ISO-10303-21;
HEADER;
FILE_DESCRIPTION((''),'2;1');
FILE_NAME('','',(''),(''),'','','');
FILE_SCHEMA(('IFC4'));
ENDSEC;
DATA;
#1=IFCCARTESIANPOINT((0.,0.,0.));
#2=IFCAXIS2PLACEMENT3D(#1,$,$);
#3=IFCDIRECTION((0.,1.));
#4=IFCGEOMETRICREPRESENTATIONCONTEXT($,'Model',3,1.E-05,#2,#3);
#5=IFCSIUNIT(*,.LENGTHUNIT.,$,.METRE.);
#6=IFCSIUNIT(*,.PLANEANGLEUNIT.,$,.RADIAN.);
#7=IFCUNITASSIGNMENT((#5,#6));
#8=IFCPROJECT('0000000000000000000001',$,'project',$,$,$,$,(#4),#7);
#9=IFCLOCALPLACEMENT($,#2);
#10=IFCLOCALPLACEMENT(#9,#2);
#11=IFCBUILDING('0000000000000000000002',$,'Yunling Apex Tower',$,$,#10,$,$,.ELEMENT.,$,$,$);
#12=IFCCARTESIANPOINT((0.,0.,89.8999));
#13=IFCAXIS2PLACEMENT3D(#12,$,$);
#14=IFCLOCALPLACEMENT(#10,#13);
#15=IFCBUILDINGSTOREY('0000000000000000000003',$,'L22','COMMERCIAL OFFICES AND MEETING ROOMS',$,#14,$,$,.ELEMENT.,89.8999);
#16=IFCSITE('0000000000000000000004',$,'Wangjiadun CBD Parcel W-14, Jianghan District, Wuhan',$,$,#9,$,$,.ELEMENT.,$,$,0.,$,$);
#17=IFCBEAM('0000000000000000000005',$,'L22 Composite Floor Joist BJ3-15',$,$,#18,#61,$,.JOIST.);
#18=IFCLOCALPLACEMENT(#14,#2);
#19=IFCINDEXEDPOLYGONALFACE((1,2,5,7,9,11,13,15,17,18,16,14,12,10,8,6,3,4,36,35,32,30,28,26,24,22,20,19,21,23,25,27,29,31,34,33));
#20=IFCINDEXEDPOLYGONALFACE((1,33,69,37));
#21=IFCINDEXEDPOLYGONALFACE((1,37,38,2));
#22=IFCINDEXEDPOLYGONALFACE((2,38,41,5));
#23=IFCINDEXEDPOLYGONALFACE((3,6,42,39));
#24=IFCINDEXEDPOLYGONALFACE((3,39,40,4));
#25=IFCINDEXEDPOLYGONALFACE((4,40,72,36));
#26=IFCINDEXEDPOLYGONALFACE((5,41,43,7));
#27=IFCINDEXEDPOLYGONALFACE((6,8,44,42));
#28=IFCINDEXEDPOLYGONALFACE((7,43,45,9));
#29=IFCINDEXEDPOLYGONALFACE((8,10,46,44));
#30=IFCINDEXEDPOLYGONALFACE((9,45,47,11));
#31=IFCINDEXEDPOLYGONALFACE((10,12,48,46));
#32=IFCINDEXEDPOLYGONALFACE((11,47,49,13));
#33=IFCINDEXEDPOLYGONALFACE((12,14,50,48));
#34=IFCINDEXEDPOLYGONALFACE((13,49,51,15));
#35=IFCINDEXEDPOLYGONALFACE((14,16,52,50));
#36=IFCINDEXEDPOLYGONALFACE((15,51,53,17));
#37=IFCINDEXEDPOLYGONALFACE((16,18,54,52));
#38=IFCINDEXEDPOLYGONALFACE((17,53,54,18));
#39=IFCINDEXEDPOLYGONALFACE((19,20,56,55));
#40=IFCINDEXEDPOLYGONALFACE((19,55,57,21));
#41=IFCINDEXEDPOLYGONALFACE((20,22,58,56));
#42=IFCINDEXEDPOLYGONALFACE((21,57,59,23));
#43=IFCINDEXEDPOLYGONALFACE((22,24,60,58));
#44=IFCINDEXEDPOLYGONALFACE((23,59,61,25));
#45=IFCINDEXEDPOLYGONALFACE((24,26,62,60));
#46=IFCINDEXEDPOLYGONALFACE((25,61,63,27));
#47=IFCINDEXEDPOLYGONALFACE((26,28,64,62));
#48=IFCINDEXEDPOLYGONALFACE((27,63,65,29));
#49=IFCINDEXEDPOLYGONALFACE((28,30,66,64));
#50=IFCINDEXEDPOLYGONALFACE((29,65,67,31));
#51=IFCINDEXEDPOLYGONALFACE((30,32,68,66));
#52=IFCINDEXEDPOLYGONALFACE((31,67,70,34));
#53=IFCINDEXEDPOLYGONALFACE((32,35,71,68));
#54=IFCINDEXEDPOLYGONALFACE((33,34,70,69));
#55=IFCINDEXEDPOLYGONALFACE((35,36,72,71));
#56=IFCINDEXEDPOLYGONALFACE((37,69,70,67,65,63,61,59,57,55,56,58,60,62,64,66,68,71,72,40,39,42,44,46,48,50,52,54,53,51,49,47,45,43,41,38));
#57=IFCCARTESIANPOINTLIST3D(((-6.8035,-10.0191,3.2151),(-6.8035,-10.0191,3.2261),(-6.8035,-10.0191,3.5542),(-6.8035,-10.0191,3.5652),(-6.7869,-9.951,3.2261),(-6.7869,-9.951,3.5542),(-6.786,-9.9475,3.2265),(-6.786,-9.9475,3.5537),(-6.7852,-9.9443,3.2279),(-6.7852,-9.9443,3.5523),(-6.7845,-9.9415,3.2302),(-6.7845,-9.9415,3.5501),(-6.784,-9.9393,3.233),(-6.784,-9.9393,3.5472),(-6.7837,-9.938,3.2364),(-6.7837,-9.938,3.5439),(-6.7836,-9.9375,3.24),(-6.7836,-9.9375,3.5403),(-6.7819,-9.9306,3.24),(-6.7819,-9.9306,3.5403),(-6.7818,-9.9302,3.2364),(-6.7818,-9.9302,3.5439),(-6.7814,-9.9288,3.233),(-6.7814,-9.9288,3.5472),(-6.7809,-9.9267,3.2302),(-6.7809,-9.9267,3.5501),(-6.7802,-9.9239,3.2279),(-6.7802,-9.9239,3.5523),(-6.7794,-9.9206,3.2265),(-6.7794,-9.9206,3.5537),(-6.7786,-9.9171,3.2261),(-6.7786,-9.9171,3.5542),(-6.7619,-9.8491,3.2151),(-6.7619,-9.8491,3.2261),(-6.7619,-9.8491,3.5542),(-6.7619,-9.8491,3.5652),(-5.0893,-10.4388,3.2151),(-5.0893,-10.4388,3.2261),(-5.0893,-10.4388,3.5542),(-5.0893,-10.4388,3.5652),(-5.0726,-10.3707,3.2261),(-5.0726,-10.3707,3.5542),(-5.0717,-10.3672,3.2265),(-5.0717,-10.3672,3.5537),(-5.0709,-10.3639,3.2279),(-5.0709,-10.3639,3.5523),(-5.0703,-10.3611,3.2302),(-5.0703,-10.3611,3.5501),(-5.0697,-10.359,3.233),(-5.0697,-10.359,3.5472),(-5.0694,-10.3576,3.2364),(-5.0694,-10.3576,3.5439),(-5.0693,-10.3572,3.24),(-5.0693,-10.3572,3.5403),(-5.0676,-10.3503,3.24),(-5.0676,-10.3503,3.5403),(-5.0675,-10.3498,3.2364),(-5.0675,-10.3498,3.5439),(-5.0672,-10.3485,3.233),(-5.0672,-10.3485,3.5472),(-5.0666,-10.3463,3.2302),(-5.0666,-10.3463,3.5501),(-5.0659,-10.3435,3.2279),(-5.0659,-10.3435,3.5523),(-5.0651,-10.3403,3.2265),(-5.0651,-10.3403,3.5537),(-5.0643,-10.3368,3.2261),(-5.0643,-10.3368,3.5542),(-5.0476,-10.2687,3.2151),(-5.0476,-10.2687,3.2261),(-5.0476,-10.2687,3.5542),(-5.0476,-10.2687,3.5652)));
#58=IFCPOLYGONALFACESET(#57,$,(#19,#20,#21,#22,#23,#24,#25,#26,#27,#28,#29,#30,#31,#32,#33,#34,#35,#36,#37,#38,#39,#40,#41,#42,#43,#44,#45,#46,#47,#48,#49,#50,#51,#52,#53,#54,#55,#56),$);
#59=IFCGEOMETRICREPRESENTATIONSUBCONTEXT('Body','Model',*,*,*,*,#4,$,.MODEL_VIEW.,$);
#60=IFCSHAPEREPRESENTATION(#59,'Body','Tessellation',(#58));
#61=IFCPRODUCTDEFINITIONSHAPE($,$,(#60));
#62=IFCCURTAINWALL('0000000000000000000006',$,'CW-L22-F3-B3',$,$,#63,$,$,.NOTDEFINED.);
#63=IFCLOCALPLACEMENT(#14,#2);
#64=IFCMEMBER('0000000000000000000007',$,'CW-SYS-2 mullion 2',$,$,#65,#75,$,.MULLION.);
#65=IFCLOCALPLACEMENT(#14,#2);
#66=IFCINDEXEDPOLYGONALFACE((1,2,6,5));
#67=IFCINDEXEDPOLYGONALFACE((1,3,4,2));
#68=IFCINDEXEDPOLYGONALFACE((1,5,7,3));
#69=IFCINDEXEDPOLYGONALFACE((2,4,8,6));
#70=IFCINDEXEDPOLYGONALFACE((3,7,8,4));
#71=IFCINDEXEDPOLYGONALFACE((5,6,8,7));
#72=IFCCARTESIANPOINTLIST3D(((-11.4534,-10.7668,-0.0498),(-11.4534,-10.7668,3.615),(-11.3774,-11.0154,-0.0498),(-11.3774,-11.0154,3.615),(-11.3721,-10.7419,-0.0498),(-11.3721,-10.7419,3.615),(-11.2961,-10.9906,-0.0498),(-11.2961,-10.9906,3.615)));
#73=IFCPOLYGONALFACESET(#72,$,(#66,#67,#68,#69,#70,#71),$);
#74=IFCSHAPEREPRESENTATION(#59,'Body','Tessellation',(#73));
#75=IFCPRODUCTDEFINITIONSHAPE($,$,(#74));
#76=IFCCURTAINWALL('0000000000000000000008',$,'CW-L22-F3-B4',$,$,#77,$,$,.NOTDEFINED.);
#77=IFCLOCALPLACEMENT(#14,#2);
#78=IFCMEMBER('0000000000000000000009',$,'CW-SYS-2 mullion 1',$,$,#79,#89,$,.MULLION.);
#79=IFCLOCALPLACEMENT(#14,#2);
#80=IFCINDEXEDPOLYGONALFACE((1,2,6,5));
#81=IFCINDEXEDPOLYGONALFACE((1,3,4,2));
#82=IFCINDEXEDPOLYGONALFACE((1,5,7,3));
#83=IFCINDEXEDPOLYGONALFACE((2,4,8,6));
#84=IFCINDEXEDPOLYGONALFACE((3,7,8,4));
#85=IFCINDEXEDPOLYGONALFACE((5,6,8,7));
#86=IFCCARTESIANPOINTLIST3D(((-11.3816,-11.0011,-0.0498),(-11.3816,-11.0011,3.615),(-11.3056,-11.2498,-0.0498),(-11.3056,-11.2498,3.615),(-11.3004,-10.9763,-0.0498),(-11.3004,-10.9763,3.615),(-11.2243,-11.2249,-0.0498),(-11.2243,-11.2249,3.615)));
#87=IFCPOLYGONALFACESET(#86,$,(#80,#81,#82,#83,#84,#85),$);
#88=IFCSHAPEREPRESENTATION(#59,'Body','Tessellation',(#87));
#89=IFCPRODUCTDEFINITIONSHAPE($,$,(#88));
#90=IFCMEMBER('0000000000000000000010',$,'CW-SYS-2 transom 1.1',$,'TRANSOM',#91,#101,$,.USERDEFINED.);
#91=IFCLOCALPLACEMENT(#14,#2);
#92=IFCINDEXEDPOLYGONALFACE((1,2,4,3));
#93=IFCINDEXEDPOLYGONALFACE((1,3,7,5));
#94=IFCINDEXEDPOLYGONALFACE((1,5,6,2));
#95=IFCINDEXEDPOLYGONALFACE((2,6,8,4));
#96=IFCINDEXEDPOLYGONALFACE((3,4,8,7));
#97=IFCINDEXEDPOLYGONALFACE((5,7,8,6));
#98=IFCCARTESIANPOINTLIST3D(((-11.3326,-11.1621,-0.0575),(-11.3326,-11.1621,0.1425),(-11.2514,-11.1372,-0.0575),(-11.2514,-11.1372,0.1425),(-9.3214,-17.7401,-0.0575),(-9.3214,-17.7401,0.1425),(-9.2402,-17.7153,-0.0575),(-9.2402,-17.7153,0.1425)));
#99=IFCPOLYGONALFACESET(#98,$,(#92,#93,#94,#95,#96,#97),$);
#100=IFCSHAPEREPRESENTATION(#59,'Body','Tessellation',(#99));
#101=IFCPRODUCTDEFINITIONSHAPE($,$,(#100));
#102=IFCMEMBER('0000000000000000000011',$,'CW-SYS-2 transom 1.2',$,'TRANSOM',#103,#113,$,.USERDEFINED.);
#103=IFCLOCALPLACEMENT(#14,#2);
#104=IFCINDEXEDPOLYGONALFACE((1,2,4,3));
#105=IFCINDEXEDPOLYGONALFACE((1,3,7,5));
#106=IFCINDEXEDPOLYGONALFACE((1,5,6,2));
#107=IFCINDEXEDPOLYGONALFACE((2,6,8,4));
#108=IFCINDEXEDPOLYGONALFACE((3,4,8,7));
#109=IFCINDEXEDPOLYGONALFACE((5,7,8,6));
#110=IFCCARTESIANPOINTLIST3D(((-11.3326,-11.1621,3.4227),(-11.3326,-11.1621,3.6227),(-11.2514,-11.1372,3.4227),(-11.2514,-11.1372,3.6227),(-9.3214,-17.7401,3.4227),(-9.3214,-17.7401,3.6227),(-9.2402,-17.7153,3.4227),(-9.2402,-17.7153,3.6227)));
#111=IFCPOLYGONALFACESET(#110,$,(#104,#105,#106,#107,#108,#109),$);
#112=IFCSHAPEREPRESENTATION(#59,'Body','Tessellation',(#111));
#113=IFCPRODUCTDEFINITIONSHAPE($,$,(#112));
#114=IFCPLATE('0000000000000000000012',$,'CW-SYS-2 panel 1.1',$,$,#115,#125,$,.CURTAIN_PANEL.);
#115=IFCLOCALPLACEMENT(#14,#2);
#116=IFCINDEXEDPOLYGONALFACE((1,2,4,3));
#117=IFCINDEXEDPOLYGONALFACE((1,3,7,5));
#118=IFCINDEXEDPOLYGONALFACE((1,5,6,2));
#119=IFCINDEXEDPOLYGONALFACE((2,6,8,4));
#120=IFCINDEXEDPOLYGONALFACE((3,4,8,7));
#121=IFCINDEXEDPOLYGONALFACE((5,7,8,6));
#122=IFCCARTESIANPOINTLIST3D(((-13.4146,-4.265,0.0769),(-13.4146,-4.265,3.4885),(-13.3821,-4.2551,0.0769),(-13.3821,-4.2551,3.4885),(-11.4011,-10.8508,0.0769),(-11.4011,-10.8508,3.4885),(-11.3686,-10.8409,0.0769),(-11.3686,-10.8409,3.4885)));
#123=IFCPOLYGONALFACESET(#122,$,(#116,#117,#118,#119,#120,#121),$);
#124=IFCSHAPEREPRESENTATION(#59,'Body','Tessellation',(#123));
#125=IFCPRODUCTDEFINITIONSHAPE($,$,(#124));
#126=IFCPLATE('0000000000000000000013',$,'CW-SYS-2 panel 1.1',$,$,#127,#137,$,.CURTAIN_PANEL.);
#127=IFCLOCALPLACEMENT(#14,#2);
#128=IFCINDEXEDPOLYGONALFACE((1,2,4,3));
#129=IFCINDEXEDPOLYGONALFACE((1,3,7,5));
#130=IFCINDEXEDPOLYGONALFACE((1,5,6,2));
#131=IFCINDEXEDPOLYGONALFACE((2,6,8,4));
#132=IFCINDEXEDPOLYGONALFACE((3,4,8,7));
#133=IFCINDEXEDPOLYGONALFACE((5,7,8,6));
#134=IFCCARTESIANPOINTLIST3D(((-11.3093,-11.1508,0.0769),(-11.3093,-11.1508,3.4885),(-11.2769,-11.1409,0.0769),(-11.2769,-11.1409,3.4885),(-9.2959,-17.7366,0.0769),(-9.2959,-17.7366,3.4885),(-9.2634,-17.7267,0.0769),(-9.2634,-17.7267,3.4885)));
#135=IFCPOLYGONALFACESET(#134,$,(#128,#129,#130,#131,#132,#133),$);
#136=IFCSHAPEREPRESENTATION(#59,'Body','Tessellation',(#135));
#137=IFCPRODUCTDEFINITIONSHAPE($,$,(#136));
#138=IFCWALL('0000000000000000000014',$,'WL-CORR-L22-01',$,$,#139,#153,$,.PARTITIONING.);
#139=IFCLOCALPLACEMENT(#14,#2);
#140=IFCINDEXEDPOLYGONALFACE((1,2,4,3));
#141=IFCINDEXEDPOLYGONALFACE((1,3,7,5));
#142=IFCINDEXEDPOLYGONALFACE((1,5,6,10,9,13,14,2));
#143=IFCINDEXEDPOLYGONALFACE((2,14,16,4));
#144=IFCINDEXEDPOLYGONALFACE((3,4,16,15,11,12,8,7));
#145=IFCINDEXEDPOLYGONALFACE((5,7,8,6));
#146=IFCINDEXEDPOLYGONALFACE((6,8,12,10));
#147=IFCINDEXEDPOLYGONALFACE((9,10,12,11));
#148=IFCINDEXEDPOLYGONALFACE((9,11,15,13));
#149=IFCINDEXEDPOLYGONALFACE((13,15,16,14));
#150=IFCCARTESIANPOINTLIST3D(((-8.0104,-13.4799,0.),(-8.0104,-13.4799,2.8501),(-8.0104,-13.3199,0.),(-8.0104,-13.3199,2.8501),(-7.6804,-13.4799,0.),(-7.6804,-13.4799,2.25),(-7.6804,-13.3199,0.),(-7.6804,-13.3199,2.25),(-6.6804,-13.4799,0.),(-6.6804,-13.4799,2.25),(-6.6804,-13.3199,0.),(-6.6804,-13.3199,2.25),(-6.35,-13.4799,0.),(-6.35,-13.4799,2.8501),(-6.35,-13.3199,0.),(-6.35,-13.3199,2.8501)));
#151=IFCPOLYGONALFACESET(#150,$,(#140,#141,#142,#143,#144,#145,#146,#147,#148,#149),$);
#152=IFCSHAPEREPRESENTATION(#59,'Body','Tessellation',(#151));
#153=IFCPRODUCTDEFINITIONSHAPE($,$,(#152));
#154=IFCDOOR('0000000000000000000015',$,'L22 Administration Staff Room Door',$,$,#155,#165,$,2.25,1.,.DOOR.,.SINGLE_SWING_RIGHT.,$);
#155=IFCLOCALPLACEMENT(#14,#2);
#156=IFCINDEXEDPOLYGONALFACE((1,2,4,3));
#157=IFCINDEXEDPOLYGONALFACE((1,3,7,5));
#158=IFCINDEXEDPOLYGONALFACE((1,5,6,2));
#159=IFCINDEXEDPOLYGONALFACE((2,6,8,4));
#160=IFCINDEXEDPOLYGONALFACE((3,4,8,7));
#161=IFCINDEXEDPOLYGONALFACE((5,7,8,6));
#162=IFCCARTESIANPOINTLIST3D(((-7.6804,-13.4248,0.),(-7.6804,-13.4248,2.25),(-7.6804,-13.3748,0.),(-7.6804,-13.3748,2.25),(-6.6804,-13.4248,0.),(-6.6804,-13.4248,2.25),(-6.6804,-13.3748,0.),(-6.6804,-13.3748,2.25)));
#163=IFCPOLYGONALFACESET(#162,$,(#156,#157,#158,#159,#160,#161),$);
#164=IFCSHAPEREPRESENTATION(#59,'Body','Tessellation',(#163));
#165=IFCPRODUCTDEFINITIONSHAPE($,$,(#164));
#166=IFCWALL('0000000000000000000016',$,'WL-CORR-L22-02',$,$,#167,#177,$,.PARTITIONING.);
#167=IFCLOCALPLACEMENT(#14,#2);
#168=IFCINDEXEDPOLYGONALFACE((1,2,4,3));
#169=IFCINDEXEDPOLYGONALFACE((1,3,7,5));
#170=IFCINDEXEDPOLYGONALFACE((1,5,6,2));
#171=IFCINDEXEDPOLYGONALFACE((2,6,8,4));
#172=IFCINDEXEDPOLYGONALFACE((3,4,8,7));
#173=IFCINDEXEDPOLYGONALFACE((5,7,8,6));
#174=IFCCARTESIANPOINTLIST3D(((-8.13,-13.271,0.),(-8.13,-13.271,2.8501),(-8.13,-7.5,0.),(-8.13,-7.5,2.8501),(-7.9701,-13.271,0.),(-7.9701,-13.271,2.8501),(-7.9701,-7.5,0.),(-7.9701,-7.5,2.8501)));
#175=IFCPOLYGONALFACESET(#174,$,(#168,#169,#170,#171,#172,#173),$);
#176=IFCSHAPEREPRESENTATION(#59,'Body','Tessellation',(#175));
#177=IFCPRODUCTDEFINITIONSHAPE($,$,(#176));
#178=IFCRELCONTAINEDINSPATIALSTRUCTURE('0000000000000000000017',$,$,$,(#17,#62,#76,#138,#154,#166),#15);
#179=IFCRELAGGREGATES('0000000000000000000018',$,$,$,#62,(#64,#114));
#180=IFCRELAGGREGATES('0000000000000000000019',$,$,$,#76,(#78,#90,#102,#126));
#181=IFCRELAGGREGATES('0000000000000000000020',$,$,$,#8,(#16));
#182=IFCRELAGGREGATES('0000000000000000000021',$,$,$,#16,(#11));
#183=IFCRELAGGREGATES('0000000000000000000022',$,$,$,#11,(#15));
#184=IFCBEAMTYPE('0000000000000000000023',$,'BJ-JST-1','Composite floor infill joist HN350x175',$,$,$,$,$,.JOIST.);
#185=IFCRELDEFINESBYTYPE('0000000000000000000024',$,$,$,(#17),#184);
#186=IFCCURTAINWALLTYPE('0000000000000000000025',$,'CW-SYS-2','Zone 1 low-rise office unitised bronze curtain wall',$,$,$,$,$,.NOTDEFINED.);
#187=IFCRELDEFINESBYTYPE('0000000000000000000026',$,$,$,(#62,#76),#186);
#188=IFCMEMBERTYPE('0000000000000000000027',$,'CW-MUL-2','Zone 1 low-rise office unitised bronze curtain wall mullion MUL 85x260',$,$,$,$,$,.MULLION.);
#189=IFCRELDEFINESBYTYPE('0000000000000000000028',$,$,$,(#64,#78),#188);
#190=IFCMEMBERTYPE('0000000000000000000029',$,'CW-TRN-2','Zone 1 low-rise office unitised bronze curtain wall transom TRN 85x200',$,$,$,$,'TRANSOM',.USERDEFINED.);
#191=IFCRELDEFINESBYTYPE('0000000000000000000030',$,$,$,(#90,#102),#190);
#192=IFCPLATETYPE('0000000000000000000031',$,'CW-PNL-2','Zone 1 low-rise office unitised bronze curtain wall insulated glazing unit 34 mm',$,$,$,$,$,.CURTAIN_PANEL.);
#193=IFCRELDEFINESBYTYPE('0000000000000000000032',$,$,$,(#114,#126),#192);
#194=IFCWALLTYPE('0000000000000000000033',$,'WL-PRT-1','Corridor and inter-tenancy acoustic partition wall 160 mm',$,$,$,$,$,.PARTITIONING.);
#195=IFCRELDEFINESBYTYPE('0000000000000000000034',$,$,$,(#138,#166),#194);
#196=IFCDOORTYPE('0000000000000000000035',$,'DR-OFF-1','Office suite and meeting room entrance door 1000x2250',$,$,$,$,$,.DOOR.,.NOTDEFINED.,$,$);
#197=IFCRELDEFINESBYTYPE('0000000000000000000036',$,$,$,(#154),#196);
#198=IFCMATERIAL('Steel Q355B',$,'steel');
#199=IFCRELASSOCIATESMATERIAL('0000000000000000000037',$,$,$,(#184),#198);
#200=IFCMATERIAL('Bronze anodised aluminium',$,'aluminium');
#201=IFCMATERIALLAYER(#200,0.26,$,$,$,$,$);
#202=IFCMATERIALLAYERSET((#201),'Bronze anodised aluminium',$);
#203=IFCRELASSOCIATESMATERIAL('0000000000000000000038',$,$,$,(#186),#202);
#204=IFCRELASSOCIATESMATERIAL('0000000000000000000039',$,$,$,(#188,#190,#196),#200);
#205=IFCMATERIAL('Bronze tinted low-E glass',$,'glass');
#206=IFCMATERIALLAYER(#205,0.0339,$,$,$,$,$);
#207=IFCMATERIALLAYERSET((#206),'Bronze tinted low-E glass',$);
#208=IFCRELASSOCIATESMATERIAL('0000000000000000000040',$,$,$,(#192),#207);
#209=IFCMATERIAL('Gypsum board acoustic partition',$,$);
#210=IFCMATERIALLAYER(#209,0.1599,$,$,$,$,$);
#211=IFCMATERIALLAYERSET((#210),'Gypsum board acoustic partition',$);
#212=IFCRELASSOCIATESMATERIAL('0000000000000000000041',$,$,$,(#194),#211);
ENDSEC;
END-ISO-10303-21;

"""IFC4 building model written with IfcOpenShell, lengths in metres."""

from ifc_helpers import new_model, si_unit, direction, frame, frame_2d, origin, origin_2d, place, context, subcontext, project, spatial, rectangle, i_section, extrude, source, transform, mapped, material, layer, layer_set, material_profile, profile_set, type_object, element, fill, aggregate, save


model = new_model("IFC4")

# Units and contexts
model_context = context("Model", 3, precision=1e-05, world=origin(), true_north=direction((0.0, 1.0)))
body_context = subcontext(model_context, "Body", "Model", "MODEL_VIEW")
ifc_project = project(units=[si_unit("LENGTHUNIT", "METRE"), si_unit("PLANEANGLEUNIT", "RADIAN")], contexts=[model_context])

# Site, building, storey
site_placement = place(None, origin())
site = spatial("IfcSite", under=ifc_project, at=site_placement, Name="Wangjiadun CBD Parcel W-14, Jianghan District, Wuhan", CompositionType="ELEMENT", RefElevation=0.0)
building_placement = place(site_placement, origin())
building = spatial("IfcBuilding", under=site, at=building_placement, Name="Yunling Apex Tower", CompositionType="ELEMENT")
storey_placement = place(building_placement, frame((0.0, 0.0, 89.8999)))
storey = spatial("IfcBuildingStorey", under=building, at=storey_placement, Name="L22", Description="COMMERCIAL OFFICES AND MEETING ROOMS", CompositionType="ELEMENT", Elevation=89.8999)

# Beam
ifc_material_1 = material(Name="Steel Q355B", Category="steel")
ifc_material_profile_1 = material_profile(ifc_material_1, i_section(OverallWidth=0.175, OverallDepth=0.3501, WebThickness=0.0071, FlangeThickness=0.011, FilletRadius=0.0139, at=origin_2d()))
ifc_profile_set_1 = profile_set([ifc_material_profile_1], Name="Steel Q355B")
beam_type_1 = type_object("IfcBeamType", Name="BJ-JST-1", Description="Composite floor infill joist HN350x175", PredefinedType="JOIST", material=ifc_profile_set_1)
shared_shape_1 = source(origin(), body_context, "Body", "SweptSolid", [
    extrude(i_section(OverallWidth=0.175, OverallDepth=0.3501, WebThickness=0.0071, FlangeThickness=0.011, FilletRadius=0.0139, at=origin_2d()), origin(), (0.0, 0.0, 1.0), 1.7649),
])
beam_1_placement = place(storey_placement, frame((-6.7827, -9.9341, 3.3901), z_axis=(0.971319, -0.237781, 0.0), x_axis=(0.237781, 0.971319, 0.0)))
element("IfcBeam", 1, at=beam_1_placement, inside=storey, type_object=beam_type_1, Name="L22 Composite Floor Joist BJ3-15", PredefinedType="JOIST", context=body_context, shape_type="MappedRepresentation", body=[
    mapped(shared_shape_1, transform((0.0, 0.0, 0.0), scale=1.0)),
])

# Curtain wall, member
ifc_material_2 = material(Name="Bronze anodised aluminium", Category="aluminium")
ifc_layer_1 = layer(ifc_material_2, 0.26)
ifc_layer_set_1 = layer_set([ifc_layer_1], Name="Bronze anodised aluminium")
curtain_wall_type = type_object("IfcCurtainWallType", Name="CW-SYS-2", Description="Zone 1 low-rise office unitised bronze curtain wall", PredefinedType="NOTDEFINED", material=ifc_layer_set_1)
curtain_wall_1_placement = place(storey_placement, origin())
curtain_wall_1 = element("IfcCurtainWall", 2, at=curtain_wall_1_placement, inside=storey, type_object=curtain_wall_type, Name="CW-L22-F3-B3", PredefinedType="NOTDEFINED")
ifc_material_profile_2 = material_profile(ifc_material_2, rectangle(XDim=0.085, YDim=0.26, at=origin_2d()))
ifc_profile_set_2 = profile_set([ifc_material_profile_2], Name="Bronze anodised aluminium")
member_type_1 = type_object("IfcMemberType", Name="CW-MUL-2", Description="Zone 1 low-rise office unitised bronze curtain wall mullion MUL 85x260", PredefinedType="MULLION", material=ifc_profile_set_2)
shared_shape_2 = source(origin(), body_context, "Body", "SweptSolid", [
    extrude(rectangle(XDim=0.085, YDim=0.26, at=origin_2d()), origin(), (0.0, 0.0, 1.0), 3.6648),
])
member_1_placement = place(storey_placement, frame((-11.3748, -10.8787, -0.0498), z_axis=(0.0, 0.0, 1.0), x_axis=(0.956304, 0.292373, 0.0)))
member_1 = element("IfcMember", 3, at=member_1_placement, type_object=member_type_1, Name="CW-SYS-2 mullion 2", PredefinedType="MULLION", context=body_context, shape_type="MappedRepresentation", body=[
    mapped(shared_shape_2, transform((0.0, 0.0, 0.0), scale=1.0)),
])

# Curtain wall, members
curtain_wall_2_placement = place(storey_placement, origin())
curtain_wall_2 = element("IfcCurtainWall", 4, at=curtain_wall_2_placement, inside=storey, type_object=curtain_wall_type, Name="CW-L22-F3-B4", PredefinedType="NOTDEFINED")
member_2_placement = place(storey_placement, frame((-11.303, -11.113, -0.0498), z_axis=(0.0, 0.0, 1.0), x_axis=(0.956304, 0.292373, 0.0)))
member_2 = element("IfcMember", 5, at=member_2_placement, type_object=member_type_1, Name="CW-SYS-2 mullion 1", PredefinedType="MULLION", context=body_context, shape_type="MappedRepresentation", body=[
    mapped(shared_shape_2, transform((0.0, 0.0, 0.0), scale=1.0)),
])
ifc_material_profile_3 = material_profile(ifc_material_2, rectangle(XDim=0.085, YDim=0.2, at=origin_2d()))
ifc_profile_set_3 = profile_set([ifc_material_profile_3], Name="Bronze anodised aluminium")
member_type_2 = type_object("IfcMemberType", Name="CW-TRN-2", Description="Zone 1 low-rise office unitised bronze curtain wall transom TRN 85x200", ElementType="TRANSOM", PredefinedType="USERDEFINED", material=ifc_profile_set_3)
shared_shape_3 = source(origin(), body_context, "Body", "SweptSolid", [
    extrude(rectangle(XDim=0.085, YDim=0.2, at=origin_2d()), origin(), (0.0, 0.0, 1.0), 6.8787),
])
member_3_placement = place(storey_placement, frame((-11.292, -11.1497, 0.0425), z_axis=(0.292384, -0.956301, 0.0), x_axis=(0.956301, 0.292384, 0.0)))
member_3 = element("IfcMember", 6, at=member_3_placement, type_object=member_type_2, Name="CW-SYS-2 transom 1.1", ObjectType="TRANSOM", PredefinedType="USERDEFINED", context=body_context, shape_type="MappedRepresentation", body=[
    mapped(shared_shape_3, transform((0.0, 0.0, 0.0), scale=1.0)),
])
member_4_placement = place(storey_placement, frame((-11.292, -11.1497, 3.5227), z_axis=(0.292384, -0.956301, 0.0), x_axis=(0.956301, 0.292384, 0.0)))
member_4 = element("IfcMember", 7, at=member_4_placement, type_object=member_type_2, Name="CW-SYS-2 transom 1.2", ObjectType="TRANSOM", PredefinedType="USERDEFINED", context=body_context, shape_type="MappedRepresentation", body=[
    mapped(shared_shape_3, transform((0.0, 0.0, 0.0), scale=1.0)),
])

# Plates
ifc_material_3 = material(Name="Bronze tinted low-E glass", Category="glass")
ifc_layer_2 = layer(ifc_material_3, 0.0339)
ifc_layer_set_2 = layer_set([ifc_layer_2], Name="Bronze tinted low-E glass")
plate_type = type_object("IfcPlateType", Name="CW-PNL-2", Description="Zone 1 low-rise office unitised bronze curtain wall insulated glazing unit 34 mm", PredefinedType="CURTAIN_PANEL", material=ifc_layer_set_2)
shared_shape_4 = source(origin(), body_context, "Body", "SweptSolid", [
    extrude(rectangle(XDim=6.8867, YDim=0.0339, at=origin_2d()), origin(), (0.0, 0.0, 1.0), 3.4116),
])
plate_1_placement = place(storey_placement, frame((-12.3916, -7.553, 0.0769), z_axis=(0.0, 0.0, 1.0), x_axis=(0.292373, -0.956304, 0.0)))
plate_1 = element("IfcPlate", 8, at=plate_1_placement, type_object=plate_type, Name="CW-SYS-2 panel 1.1", PredefinedType="CURTAIN_PANEL", context=body_context, shape_type="MappedRepresentation", body=[
    mapped(shared_shape_4, transform((0.0, 0.0, 0.0), scale=1.0)),
])
aggregate(curtain_wall_1, [member_1, plate_1])
plate_2_placement = place(storey_placement, frame((-10.2864, -14.4387, 0.0769), z_axis=(0.0, 0.0, 1.0), x_axis=(0.292373, -0.956304, 0.0)))
plate_2 = element("IfcPlate", 9, at=plate_2_placement, type_object=plate_type, Name="CW-SYS-2 panel 1.1", PredefinedType="CURTAIN_PANEL", context=body_context, shape_type="MappedRepresentation", body=[
    mapped(shared_shape_4, transform((0.0, 0.0, 0.0), scale=1.0)),
])
aggregate(curtain_wall_2, [member_2, member_3, member_4, plate_2])

# Wall, opening, door
ifc_material_4 = material(Name="Gypsum board acoustic partition")
ifc_layer_3 = layer(ifc_material_4, 0.1599)
ifc_layer_set_3 = layer_set([ifc_layer_3], Name="Gypsum board acoustic partition")
wall_type = type_object("IfcWallType", Name="WL-PRT-1", Description="Corridor and inter-tenancy acoustic partition wall 160 mm", PredefinedType="PARTITIONING", material=ifc_layer_set_3)
wall_1_placement = place(storey_placement, frame((-6.3501, -13.3999, 0.0), z_axis=(0.0, 0.0, 1.0), x_axis=(-1.0, 0.0, 0.0)))
wall_1 = element("IfcWall", 10, at=wall_1_placement, inside=storey, type_object=wall_type, Name="WL-CORR-L22-01", PredefinedType="PARTITIONING", context=body_context, shape_type="SweptSolid", body=[
    extrude(rectangle(XDim=1.6604, YDim=0.1599, at=frame_2d((0.8301, 0.0))), origin(), (0.0, 0.0, 1.0), 2.8501),
])
opening_1_placement = place(wall_1_placement, frame((0.3303, 0.0, 0.0)))
opening_1 = element("IfcOpeningElement", 11, at=opening_1_placement, cuts=wall_1, PredefinedType="OPENING", context=body_context, shape_type="SweptSolid", body=[
    extrude(rectangle(XDim=1.0, YDim=2.25, at=frame_2d((0.5, 1.125))), frame((0.0, 0.0898, 0.0), z_axis=(0.0, -1.0, 0.0), x_axis=(1.0, 0.0, 0.0)), (0.0, 0.0, 1.0), 0.1799),
])
door_type = type_object("IfcDoorType", Name="DR-OFF-1", Description="Office suite and meeting room entrance door 1000x2250", OperationType="NOTDEFINED", PredefinedType="DOOR", material=ifc_material_2)
door_1_placement = place(opening_1_placement, origin())
door_1 = element("IfcDoor", 12, at=door_1_placement, inside=storey, type_object=door_type, Name="L22 Administration Staff Room Door", OperationType="SINGLE_SWING_RIGHT", OverallHeight=2.25, OverallWidth=1.0, PredefinedType="DOOR", context=body_context, shape_type="SweptSolid", body=[
    extrude(rectangle(XDim=1.0, YDim=2.25, at=frame_2d((0.5, 1.125))), frame((0.0, 0.0249, 0.0), z_axis=(0.0, -1.0, 0.0), x_axis=(1.0, 0.0, 0.0)), (0.0, 0.0, 1.0), 0.05),
])
fill(opening_1, door_1)

# Wall
wall_2_placement = place(storey_placement, frame((-8.05, -13.271, 0.0), z_axis=(0.0, 0.0, 1.0), x_axis=(0.0, 1.0, 0.0)))
element("IfcWall", 13, at=wall_2_placement, inside=storey, type_object=wall_type, Name="WL-CORR-L22-02", PredefinedType="PARTITIONING", context=body_context, shape_type="SweptSolid", body=[
    extrude(rectangle(XDim=5.771, YDim=0.1599, at=frame_2d((2.8855, 0.0))), origin(), (0.0, 0.0, 1.0), 2.8501),
])

save(model, "model.ifc")
